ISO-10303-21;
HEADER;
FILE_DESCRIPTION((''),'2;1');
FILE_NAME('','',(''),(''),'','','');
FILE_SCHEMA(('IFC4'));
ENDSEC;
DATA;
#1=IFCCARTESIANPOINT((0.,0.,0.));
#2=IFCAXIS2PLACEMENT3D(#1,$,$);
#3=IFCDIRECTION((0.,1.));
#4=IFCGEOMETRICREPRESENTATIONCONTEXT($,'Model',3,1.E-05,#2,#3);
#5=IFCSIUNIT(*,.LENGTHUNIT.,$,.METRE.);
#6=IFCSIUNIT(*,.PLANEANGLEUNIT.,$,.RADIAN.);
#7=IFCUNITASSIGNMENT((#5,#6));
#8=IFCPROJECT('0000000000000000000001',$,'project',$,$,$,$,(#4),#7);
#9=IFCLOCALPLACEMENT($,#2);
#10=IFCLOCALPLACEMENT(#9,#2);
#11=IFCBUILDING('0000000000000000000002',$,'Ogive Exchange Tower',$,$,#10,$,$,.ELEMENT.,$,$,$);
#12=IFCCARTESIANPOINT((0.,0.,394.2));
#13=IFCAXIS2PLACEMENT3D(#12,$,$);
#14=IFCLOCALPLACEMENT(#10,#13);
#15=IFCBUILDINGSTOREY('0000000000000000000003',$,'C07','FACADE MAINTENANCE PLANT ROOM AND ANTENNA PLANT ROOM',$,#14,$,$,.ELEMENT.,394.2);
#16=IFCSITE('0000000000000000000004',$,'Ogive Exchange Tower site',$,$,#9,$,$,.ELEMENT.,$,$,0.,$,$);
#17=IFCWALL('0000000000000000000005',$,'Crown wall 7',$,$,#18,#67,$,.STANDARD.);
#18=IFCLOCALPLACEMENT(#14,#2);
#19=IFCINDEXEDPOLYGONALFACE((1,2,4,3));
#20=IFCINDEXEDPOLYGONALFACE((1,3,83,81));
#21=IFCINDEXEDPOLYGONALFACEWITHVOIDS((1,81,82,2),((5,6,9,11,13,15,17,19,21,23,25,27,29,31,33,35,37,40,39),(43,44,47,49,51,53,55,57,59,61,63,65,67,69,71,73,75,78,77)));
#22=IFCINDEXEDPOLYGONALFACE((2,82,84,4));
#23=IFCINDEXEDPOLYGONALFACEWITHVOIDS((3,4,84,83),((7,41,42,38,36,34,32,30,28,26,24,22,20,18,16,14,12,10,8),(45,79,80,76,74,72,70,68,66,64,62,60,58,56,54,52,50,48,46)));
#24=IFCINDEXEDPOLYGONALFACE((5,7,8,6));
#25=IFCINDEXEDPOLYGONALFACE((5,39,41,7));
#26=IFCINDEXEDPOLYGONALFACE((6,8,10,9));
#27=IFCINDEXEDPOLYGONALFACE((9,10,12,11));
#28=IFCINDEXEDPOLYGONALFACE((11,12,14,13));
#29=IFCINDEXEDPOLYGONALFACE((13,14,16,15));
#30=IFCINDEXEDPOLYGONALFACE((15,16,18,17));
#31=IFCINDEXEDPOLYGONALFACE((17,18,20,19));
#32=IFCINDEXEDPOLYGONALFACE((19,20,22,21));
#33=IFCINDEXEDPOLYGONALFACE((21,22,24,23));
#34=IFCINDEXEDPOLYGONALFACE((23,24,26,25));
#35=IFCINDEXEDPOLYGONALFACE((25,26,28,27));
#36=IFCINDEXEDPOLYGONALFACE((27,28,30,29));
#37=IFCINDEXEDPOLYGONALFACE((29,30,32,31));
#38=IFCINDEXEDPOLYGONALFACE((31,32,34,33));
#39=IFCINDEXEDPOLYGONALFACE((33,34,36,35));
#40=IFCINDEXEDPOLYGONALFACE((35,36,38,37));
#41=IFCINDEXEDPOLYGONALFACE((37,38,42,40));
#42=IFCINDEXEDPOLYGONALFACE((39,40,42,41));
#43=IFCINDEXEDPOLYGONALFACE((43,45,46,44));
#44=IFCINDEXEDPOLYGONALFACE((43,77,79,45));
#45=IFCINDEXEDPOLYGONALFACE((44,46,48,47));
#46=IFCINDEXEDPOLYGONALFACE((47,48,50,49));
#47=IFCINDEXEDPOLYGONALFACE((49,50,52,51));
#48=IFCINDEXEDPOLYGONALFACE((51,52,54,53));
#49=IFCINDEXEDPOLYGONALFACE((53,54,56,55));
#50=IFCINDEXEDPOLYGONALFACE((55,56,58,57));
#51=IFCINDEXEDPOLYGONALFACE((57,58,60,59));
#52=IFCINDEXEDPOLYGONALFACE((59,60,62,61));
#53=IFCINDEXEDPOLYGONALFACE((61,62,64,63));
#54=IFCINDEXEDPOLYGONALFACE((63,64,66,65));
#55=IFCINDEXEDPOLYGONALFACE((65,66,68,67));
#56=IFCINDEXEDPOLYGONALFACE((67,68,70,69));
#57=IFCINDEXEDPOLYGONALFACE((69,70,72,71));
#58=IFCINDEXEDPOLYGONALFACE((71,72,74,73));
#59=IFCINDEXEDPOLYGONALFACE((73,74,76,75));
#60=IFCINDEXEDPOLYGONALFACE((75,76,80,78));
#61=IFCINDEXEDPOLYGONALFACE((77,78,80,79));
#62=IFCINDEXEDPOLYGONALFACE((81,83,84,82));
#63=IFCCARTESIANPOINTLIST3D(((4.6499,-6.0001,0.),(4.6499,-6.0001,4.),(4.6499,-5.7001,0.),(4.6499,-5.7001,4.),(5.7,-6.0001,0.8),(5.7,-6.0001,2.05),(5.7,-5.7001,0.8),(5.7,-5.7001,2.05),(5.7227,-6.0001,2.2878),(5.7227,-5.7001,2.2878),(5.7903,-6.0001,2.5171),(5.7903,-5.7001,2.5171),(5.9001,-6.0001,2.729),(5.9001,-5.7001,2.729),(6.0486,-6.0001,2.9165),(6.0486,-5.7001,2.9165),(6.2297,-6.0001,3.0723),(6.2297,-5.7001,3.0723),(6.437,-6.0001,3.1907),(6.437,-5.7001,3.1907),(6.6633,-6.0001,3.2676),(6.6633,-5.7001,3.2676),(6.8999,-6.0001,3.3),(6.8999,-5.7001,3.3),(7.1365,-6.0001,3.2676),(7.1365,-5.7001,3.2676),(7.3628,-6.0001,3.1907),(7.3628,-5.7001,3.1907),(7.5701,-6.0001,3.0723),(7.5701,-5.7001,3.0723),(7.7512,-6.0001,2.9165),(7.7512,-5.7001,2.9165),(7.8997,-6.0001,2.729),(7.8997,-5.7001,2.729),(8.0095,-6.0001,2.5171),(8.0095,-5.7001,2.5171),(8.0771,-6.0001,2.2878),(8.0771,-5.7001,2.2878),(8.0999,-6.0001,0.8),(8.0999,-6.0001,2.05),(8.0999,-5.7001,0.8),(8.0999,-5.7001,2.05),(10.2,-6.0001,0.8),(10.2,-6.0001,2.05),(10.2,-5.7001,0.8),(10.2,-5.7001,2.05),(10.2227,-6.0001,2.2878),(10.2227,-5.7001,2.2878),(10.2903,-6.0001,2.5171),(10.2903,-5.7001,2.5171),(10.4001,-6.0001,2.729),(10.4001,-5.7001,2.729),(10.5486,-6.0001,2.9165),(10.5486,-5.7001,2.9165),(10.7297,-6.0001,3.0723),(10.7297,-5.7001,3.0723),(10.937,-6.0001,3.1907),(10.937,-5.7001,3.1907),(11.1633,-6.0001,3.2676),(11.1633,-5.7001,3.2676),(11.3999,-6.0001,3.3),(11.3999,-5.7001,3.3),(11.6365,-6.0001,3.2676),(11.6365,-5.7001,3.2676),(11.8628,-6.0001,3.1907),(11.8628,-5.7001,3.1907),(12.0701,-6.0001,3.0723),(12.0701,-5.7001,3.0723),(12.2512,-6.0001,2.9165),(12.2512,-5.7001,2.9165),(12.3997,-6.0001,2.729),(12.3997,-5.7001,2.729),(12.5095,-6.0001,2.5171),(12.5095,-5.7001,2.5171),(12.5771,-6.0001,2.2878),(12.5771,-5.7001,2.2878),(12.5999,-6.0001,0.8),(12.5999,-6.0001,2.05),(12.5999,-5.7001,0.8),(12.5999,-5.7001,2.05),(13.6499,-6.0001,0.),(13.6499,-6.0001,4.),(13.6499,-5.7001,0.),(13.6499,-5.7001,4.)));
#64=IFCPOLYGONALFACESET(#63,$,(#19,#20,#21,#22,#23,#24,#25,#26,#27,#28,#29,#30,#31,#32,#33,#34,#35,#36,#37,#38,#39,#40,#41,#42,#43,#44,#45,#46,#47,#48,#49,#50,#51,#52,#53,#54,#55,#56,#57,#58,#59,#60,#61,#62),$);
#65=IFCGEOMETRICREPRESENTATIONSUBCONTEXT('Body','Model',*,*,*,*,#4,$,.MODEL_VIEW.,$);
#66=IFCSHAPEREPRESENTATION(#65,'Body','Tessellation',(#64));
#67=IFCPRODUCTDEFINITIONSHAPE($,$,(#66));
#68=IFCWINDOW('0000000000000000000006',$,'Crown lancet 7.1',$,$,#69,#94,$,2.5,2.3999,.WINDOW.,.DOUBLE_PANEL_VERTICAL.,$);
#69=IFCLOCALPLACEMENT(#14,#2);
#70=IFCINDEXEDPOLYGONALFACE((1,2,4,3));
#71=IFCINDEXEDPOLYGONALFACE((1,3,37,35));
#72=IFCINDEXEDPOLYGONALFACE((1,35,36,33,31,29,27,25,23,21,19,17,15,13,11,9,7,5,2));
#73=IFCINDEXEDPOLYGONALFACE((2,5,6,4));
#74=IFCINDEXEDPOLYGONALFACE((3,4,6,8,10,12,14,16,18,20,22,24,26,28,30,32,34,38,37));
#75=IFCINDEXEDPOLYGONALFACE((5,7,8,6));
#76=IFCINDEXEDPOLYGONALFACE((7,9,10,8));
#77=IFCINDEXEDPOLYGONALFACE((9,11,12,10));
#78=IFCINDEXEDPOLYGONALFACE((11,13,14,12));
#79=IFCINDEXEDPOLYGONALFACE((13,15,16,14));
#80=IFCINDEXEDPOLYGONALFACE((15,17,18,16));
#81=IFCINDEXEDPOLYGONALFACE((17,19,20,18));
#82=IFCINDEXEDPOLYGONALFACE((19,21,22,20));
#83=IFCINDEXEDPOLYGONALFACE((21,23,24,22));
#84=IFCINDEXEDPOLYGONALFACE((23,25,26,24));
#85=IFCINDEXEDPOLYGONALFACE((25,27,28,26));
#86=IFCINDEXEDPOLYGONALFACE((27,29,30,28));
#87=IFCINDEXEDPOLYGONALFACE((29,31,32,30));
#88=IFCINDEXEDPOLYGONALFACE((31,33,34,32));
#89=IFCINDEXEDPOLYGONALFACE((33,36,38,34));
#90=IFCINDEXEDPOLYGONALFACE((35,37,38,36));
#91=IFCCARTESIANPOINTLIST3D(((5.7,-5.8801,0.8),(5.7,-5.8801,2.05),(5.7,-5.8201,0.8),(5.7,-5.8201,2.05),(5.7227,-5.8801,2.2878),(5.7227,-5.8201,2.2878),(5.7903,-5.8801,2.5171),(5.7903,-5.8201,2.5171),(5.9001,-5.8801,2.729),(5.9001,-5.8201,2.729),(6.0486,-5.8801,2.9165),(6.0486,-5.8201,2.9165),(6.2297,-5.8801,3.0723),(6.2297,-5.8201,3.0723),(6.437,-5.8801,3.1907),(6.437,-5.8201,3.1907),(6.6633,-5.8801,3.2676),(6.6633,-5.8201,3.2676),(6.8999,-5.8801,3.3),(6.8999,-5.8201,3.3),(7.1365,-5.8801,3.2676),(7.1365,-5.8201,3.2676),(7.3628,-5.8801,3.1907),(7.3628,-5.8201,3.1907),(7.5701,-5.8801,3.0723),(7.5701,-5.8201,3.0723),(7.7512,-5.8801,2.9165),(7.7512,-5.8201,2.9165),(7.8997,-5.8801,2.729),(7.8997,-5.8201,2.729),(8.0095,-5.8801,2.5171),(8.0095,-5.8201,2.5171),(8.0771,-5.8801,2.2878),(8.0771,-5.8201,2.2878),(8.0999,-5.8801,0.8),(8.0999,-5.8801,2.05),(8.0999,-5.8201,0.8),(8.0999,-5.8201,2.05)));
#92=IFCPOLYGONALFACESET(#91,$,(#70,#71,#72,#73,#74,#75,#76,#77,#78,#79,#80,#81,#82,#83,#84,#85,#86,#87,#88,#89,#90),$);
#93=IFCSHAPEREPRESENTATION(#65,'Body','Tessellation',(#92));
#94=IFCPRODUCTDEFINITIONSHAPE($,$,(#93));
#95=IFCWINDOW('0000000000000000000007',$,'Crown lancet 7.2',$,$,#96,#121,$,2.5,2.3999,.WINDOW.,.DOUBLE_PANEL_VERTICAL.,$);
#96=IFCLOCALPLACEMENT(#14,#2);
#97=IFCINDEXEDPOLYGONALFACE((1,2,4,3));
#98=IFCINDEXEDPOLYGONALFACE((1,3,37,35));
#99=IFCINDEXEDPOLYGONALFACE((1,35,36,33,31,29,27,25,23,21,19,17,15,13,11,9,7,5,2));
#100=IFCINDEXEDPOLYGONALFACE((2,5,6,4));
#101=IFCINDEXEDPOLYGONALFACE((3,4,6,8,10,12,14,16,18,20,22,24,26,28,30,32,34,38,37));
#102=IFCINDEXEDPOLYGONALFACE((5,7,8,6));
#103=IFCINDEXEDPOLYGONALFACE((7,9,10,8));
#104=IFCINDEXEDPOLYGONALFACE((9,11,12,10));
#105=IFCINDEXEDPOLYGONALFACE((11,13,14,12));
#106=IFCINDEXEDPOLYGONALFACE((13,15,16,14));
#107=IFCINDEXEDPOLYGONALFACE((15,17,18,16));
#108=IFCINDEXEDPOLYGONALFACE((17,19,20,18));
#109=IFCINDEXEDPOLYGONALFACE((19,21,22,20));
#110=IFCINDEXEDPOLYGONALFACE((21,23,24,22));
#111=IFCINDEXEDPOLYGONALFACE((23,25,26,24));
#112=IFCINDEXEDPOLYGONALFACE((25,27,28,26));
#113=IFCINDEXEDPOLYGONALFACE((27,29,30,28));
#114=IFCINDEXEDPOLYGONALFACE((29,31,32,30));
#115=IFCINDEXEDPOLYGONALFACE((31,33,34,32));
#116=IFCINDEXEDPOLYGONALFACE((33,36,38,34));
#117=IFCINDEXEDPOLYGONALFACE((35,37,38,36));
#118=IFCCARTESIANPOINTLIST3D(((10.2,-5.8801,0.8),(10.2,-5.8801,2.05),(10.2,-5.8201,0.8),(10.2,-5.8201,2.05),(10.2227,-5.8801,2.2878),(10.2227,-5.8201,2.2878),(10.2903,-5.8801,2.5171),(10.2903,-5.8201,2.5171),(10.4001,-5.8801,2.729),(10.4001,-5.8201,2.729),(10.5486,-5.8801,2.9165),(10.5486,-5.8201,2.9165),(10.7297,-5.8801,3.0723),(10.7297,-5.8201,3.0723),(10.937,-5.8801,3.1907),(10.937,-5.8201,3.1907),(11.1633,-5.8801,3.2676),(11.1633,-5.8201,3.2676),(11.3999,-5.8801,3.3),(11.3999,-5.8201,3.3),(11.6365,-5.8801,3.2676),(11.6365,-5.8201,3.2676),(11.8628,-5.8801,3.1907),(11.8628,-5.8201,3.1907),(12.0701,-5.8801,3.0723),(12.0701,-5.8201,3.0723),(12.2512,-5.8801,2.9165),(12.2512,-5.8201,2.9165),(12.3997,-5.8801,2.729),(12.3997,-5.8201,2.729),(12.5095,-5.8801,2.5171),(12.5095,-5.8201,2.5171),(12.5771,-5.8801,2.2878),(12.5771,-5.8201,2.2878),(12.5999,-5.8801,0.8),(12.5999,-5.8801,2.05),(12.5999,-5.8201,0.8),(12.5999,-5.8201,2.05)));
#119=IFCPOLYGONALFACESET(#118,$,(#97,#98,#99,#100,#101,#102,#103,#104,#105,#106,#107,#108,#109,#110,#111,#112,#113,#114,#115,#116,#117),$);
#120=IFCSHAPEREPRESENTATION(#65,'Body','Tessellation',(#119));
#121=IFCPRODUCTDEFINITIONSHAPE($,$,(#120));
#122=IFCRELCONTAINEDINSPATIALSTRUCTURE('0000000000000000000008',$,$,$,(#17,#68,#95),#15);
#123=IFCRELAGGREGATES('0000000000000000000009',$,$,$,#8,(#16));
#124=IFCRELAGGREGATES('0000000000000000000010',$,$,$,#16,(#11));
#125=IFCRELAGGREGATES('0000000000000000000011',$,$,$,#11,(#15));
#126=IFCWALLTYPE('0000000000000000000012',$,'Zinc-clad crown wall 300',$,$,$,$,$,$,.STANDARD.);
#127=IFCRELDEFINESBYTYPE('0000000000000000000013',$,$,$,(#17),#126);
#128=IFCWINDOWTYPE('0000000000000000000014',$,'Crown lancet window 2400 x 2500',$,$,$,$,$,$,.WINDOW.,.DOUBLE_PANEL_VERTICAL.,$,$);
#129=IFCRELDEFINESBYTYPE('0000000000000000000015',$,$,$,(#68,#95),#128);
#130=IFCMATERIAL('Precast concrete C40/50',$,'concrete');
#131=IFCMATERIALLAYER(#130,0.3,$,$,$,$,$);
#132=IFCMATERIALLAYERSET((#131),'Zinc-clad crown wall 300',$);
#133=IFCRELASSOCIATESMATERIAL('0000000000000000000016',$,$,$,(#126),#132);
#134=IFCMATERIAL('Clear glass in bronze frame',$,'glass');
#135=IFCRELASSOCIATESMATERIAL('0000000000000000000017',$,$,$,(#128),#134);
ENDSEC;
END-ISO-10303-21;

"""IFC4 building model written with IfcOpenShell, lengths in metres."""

from ifc_helpers import new_model, si_unit, direction, frame, frame_2d, origin, place, context, subcontext, project, spatial, polyline, rectangle, outline, extrude, material, layer, layer_set, type_object, element, fill, save


model = new_model("IFC4")

# Units and contexts
model_context = context("Model", 3, precision=1e-05, world=origin(), true_north=direction((0.0, 1.0)))
body_context = subcontext(model_context, "Body", "Model", "MODEL_VIEW")
ifc_project = project(units=[si_unit("LENGTHUNIT", "METRE"), si_unit("PLANEANGLEUNIT", "RADIAN")], contexts=[model_context])

# Site, building, storey
site_placement = place(None, origin())
site = spatial("IfcSite", under=ifc_project, at=site_placement, Name="Ogive Exchange Tower site", CompositionType="ELEMENT", RefElevation=0.0)
building_placement = place(site_placement, origin())
building = spatial("IfcBuilding", under=site, at=building_placement, Name="Ogive Exchange Tower", CompositionType="ELEMENT")
storey_placement = place(building_placement, frame((0.0, 0.0, 394.2)))
storey = spatial("IfcBuildingStorey", under=building, at=storey_placement, Name="C07", Description="FACADE MAINTENANCE PLANT ROOM AND ANTENNA PLANT ROOM", CompositionType="ELEMENT", Elevation=394.2)

# Wall, openings, windows
ifc_material_1 = material(Name="Precast concrete C40/50", Category="concrete")
ifc_layer_1 = layer(ifc_material_1, 0.3)
ifc_layer_set_1 = layer_set([ifc_layer_1], Name="Zinc-clad crown wall 300")
wall_type_1 = type_object("IfcWallType", Name="Zinc-clad crown wall 300", PredefinedType="STANDARD", material=ifc_layer_set_1)
wall_1_placement = place(storey_placement, frame((4.6499, -5.8501, 0.0), z_axis=(0.0, 0.0, 1.0), x_axis=(1.0, 0.0, 0.0)))
wall_1 = element("IfcWall", 1, at=wall_1_placement, inside=storey, type_object=wall_type_1, Name="Crown wall 7", PredefinedType="STANDARD", context=body_context, shape_type="SweptSolid", body=[
    extrude(rectangle(XDim=9.0, YDim=0.3, at=frame_2d((4.5, 0.0))), origin(), (0.0, 0.0, 1.0), 4.0),
])
opening_1_placement = place(wall_1_placement, frame((1.05, 0.0, 0.8)))
opening_1 = element("IfcOpeningElement", 2, at=opening_1_placement, cuts=wall_1, PredefinedType="OPENING", context=body_context, shape_type="SweptSolid", body=[
    extrude(outline(polyline([(0.0, 0.0), (2.3999, 0.0), (2.3999, 1.25), (2.3772, 1.4878), (2.3096, 1.717), (2.1997, 1.929), (2.0513, 2.1165), (1.8701, 2.2722), (1.6628, 2.3906), (1.4365, 2.4675), (1.2, 2.5), (0.9634, 2.4675), (0.7371, 2.3906), (0.5298, 2.2722), (0.3486, 2.1165), (0.2002, 1.929), (0.0903, 1.717), (0.0227, 1.4878), (0.0, 1.25), (0.0, 0.0)])), frame((0.0, 0.1599, 0.0), z_axis=(0.0, -1.0, 0.0), x_axis=(1.0, 0.0, 0.0)), (0.0, 0.0, 1.0), 0.3201),
])
opening_2_placement = place(wall_1_placement, frame((5.55, 0.0, 0.8)))
opening_2 = element("IfcOpeningElement", 3, at=opening_2_placement, cuts=wall_1, PredefinedType="OPENING", context=body_context, shape_type="SweptSolid", body=[
    extrude(outline(polyline([(0.0, 0.0), (2.3999, 0.0), (2.3999, 1.25), (2.3772, 1.4878), (2.3096, 1.717), (2.1997, 1.929), (2.0513, 2.1165), (1.8701, 2.2722), (1.6628, 2.3906), (1.4365, 2.4675), (1.2, 2.5), (0.9634, 2.4675), (0.7371, 2.3906), (0.5298, 2.2722), (0.3486, 2.1165), (0.2002, 1.929), (0.0903, 1.717), (0.0227, 1.4878), (0.0, 1.25), (0.0, 0.0)])), frame((0.0, 0.1599, 0.0), z_axis=(0.0, -1.0, 0.0), x_axis=(1.0, 0.0, 0.0)), (0.0, 0.0, 1.0), 0.3201),
])
ifc_material_2 = material(Name="Clear glass in bronze frame", Category="glass")
window_type = type_object("IfcWindowType", Name="Crown lancet window 2400 x 2500", PartitioningType="DOUBLE_PANEL_VERTICAL", PredefinedType="WINDOW", material=ifc_material_2)
window_1_placement = place(opening_1_placement, origin())
window_1 = element("IfcWindow", 4, at=window_1_placement, inside=storey, type_object=window_type, Name="Crown lancet 7.1", OverallHeight=2.5, OverallWidth=2.3999, PartitioningType="DOUBLE_PANEL_VERTICAL", PredefinedType="WINDOW", context=body_context, shape_type="SweptSolid", body=[
    extrude(outline(polyline([(0.0, 0.0), (2.3999, 0.0), (2.3999, 1.25), (2.3772, 1.4878), (2.3096, 1.717), (2.1997, 1.929), (2.0513, 2.1165), (1.8701, 2.2722), (1.6628, 2.3906), (1.4365, 2.4675), (1.2, 2.5), (0.9634, 2.4675), (0.7371, 2.3906), (0.5298, 2.2722), (0.3486, 2.1165), (0.2002, 1.929), (0.0903, 1.717), (0.0227, 1.4878), (0.0, 1.25), (0.0, 0.0)])), frame((0.0, 0.03, 0.0), z_axis=(0.0, -1.0, 0.0), x_axis=(1.0, 0.0, 0.0)), (0.0, 0.0, 1.0), 0.0601),
])
fill(opening_1, window_1)
window_2_placement = place(opening_2_placement, origin())
window_2 = element("IfcWindow", 5, at=window_2_placement, inside=storey, type_object=window_type, Name="Crown lancet 7.2", OverallHeight=2.5, OverallWidth=2.3999, PartitioningType="DOUBLE_PANEL_VERTICAL", PredefinedType="WINDOW", context=body_context, shape_type="SweptSolid", body=[
    extrude(outline(polyline([(0.0, 0.0), (2.3999, 0.0), (2.3999, 1.25), (2.3772, 1.4878), (2.3096, 1.717), (2.1997, 1.929), (2.0513, 2.1165), (1.8701, 2.2722), (1.6628, 2.3906), (1.4365, 2.4675), (1.2, 2.5), (0.9634, 2.4675), (0.7371, 2.3906), (0.5298, 2.2722), (0.3486, 2.1165), (0.2002, 1.929), (0.0903, 1.717), (0.0227, 1.4878), (0.0, 1.25), (0.0, 0.0)])), frame((0.0, 0.03, 0.0), z_axis=(0.0, -1.0, 0.0), x_axis=(1.0, 0.0, 0.0)), (0.0, 0.0, 1.0), 0.0601),
])
fill(opening_2, window_2)

save(model, "model.ifc")
